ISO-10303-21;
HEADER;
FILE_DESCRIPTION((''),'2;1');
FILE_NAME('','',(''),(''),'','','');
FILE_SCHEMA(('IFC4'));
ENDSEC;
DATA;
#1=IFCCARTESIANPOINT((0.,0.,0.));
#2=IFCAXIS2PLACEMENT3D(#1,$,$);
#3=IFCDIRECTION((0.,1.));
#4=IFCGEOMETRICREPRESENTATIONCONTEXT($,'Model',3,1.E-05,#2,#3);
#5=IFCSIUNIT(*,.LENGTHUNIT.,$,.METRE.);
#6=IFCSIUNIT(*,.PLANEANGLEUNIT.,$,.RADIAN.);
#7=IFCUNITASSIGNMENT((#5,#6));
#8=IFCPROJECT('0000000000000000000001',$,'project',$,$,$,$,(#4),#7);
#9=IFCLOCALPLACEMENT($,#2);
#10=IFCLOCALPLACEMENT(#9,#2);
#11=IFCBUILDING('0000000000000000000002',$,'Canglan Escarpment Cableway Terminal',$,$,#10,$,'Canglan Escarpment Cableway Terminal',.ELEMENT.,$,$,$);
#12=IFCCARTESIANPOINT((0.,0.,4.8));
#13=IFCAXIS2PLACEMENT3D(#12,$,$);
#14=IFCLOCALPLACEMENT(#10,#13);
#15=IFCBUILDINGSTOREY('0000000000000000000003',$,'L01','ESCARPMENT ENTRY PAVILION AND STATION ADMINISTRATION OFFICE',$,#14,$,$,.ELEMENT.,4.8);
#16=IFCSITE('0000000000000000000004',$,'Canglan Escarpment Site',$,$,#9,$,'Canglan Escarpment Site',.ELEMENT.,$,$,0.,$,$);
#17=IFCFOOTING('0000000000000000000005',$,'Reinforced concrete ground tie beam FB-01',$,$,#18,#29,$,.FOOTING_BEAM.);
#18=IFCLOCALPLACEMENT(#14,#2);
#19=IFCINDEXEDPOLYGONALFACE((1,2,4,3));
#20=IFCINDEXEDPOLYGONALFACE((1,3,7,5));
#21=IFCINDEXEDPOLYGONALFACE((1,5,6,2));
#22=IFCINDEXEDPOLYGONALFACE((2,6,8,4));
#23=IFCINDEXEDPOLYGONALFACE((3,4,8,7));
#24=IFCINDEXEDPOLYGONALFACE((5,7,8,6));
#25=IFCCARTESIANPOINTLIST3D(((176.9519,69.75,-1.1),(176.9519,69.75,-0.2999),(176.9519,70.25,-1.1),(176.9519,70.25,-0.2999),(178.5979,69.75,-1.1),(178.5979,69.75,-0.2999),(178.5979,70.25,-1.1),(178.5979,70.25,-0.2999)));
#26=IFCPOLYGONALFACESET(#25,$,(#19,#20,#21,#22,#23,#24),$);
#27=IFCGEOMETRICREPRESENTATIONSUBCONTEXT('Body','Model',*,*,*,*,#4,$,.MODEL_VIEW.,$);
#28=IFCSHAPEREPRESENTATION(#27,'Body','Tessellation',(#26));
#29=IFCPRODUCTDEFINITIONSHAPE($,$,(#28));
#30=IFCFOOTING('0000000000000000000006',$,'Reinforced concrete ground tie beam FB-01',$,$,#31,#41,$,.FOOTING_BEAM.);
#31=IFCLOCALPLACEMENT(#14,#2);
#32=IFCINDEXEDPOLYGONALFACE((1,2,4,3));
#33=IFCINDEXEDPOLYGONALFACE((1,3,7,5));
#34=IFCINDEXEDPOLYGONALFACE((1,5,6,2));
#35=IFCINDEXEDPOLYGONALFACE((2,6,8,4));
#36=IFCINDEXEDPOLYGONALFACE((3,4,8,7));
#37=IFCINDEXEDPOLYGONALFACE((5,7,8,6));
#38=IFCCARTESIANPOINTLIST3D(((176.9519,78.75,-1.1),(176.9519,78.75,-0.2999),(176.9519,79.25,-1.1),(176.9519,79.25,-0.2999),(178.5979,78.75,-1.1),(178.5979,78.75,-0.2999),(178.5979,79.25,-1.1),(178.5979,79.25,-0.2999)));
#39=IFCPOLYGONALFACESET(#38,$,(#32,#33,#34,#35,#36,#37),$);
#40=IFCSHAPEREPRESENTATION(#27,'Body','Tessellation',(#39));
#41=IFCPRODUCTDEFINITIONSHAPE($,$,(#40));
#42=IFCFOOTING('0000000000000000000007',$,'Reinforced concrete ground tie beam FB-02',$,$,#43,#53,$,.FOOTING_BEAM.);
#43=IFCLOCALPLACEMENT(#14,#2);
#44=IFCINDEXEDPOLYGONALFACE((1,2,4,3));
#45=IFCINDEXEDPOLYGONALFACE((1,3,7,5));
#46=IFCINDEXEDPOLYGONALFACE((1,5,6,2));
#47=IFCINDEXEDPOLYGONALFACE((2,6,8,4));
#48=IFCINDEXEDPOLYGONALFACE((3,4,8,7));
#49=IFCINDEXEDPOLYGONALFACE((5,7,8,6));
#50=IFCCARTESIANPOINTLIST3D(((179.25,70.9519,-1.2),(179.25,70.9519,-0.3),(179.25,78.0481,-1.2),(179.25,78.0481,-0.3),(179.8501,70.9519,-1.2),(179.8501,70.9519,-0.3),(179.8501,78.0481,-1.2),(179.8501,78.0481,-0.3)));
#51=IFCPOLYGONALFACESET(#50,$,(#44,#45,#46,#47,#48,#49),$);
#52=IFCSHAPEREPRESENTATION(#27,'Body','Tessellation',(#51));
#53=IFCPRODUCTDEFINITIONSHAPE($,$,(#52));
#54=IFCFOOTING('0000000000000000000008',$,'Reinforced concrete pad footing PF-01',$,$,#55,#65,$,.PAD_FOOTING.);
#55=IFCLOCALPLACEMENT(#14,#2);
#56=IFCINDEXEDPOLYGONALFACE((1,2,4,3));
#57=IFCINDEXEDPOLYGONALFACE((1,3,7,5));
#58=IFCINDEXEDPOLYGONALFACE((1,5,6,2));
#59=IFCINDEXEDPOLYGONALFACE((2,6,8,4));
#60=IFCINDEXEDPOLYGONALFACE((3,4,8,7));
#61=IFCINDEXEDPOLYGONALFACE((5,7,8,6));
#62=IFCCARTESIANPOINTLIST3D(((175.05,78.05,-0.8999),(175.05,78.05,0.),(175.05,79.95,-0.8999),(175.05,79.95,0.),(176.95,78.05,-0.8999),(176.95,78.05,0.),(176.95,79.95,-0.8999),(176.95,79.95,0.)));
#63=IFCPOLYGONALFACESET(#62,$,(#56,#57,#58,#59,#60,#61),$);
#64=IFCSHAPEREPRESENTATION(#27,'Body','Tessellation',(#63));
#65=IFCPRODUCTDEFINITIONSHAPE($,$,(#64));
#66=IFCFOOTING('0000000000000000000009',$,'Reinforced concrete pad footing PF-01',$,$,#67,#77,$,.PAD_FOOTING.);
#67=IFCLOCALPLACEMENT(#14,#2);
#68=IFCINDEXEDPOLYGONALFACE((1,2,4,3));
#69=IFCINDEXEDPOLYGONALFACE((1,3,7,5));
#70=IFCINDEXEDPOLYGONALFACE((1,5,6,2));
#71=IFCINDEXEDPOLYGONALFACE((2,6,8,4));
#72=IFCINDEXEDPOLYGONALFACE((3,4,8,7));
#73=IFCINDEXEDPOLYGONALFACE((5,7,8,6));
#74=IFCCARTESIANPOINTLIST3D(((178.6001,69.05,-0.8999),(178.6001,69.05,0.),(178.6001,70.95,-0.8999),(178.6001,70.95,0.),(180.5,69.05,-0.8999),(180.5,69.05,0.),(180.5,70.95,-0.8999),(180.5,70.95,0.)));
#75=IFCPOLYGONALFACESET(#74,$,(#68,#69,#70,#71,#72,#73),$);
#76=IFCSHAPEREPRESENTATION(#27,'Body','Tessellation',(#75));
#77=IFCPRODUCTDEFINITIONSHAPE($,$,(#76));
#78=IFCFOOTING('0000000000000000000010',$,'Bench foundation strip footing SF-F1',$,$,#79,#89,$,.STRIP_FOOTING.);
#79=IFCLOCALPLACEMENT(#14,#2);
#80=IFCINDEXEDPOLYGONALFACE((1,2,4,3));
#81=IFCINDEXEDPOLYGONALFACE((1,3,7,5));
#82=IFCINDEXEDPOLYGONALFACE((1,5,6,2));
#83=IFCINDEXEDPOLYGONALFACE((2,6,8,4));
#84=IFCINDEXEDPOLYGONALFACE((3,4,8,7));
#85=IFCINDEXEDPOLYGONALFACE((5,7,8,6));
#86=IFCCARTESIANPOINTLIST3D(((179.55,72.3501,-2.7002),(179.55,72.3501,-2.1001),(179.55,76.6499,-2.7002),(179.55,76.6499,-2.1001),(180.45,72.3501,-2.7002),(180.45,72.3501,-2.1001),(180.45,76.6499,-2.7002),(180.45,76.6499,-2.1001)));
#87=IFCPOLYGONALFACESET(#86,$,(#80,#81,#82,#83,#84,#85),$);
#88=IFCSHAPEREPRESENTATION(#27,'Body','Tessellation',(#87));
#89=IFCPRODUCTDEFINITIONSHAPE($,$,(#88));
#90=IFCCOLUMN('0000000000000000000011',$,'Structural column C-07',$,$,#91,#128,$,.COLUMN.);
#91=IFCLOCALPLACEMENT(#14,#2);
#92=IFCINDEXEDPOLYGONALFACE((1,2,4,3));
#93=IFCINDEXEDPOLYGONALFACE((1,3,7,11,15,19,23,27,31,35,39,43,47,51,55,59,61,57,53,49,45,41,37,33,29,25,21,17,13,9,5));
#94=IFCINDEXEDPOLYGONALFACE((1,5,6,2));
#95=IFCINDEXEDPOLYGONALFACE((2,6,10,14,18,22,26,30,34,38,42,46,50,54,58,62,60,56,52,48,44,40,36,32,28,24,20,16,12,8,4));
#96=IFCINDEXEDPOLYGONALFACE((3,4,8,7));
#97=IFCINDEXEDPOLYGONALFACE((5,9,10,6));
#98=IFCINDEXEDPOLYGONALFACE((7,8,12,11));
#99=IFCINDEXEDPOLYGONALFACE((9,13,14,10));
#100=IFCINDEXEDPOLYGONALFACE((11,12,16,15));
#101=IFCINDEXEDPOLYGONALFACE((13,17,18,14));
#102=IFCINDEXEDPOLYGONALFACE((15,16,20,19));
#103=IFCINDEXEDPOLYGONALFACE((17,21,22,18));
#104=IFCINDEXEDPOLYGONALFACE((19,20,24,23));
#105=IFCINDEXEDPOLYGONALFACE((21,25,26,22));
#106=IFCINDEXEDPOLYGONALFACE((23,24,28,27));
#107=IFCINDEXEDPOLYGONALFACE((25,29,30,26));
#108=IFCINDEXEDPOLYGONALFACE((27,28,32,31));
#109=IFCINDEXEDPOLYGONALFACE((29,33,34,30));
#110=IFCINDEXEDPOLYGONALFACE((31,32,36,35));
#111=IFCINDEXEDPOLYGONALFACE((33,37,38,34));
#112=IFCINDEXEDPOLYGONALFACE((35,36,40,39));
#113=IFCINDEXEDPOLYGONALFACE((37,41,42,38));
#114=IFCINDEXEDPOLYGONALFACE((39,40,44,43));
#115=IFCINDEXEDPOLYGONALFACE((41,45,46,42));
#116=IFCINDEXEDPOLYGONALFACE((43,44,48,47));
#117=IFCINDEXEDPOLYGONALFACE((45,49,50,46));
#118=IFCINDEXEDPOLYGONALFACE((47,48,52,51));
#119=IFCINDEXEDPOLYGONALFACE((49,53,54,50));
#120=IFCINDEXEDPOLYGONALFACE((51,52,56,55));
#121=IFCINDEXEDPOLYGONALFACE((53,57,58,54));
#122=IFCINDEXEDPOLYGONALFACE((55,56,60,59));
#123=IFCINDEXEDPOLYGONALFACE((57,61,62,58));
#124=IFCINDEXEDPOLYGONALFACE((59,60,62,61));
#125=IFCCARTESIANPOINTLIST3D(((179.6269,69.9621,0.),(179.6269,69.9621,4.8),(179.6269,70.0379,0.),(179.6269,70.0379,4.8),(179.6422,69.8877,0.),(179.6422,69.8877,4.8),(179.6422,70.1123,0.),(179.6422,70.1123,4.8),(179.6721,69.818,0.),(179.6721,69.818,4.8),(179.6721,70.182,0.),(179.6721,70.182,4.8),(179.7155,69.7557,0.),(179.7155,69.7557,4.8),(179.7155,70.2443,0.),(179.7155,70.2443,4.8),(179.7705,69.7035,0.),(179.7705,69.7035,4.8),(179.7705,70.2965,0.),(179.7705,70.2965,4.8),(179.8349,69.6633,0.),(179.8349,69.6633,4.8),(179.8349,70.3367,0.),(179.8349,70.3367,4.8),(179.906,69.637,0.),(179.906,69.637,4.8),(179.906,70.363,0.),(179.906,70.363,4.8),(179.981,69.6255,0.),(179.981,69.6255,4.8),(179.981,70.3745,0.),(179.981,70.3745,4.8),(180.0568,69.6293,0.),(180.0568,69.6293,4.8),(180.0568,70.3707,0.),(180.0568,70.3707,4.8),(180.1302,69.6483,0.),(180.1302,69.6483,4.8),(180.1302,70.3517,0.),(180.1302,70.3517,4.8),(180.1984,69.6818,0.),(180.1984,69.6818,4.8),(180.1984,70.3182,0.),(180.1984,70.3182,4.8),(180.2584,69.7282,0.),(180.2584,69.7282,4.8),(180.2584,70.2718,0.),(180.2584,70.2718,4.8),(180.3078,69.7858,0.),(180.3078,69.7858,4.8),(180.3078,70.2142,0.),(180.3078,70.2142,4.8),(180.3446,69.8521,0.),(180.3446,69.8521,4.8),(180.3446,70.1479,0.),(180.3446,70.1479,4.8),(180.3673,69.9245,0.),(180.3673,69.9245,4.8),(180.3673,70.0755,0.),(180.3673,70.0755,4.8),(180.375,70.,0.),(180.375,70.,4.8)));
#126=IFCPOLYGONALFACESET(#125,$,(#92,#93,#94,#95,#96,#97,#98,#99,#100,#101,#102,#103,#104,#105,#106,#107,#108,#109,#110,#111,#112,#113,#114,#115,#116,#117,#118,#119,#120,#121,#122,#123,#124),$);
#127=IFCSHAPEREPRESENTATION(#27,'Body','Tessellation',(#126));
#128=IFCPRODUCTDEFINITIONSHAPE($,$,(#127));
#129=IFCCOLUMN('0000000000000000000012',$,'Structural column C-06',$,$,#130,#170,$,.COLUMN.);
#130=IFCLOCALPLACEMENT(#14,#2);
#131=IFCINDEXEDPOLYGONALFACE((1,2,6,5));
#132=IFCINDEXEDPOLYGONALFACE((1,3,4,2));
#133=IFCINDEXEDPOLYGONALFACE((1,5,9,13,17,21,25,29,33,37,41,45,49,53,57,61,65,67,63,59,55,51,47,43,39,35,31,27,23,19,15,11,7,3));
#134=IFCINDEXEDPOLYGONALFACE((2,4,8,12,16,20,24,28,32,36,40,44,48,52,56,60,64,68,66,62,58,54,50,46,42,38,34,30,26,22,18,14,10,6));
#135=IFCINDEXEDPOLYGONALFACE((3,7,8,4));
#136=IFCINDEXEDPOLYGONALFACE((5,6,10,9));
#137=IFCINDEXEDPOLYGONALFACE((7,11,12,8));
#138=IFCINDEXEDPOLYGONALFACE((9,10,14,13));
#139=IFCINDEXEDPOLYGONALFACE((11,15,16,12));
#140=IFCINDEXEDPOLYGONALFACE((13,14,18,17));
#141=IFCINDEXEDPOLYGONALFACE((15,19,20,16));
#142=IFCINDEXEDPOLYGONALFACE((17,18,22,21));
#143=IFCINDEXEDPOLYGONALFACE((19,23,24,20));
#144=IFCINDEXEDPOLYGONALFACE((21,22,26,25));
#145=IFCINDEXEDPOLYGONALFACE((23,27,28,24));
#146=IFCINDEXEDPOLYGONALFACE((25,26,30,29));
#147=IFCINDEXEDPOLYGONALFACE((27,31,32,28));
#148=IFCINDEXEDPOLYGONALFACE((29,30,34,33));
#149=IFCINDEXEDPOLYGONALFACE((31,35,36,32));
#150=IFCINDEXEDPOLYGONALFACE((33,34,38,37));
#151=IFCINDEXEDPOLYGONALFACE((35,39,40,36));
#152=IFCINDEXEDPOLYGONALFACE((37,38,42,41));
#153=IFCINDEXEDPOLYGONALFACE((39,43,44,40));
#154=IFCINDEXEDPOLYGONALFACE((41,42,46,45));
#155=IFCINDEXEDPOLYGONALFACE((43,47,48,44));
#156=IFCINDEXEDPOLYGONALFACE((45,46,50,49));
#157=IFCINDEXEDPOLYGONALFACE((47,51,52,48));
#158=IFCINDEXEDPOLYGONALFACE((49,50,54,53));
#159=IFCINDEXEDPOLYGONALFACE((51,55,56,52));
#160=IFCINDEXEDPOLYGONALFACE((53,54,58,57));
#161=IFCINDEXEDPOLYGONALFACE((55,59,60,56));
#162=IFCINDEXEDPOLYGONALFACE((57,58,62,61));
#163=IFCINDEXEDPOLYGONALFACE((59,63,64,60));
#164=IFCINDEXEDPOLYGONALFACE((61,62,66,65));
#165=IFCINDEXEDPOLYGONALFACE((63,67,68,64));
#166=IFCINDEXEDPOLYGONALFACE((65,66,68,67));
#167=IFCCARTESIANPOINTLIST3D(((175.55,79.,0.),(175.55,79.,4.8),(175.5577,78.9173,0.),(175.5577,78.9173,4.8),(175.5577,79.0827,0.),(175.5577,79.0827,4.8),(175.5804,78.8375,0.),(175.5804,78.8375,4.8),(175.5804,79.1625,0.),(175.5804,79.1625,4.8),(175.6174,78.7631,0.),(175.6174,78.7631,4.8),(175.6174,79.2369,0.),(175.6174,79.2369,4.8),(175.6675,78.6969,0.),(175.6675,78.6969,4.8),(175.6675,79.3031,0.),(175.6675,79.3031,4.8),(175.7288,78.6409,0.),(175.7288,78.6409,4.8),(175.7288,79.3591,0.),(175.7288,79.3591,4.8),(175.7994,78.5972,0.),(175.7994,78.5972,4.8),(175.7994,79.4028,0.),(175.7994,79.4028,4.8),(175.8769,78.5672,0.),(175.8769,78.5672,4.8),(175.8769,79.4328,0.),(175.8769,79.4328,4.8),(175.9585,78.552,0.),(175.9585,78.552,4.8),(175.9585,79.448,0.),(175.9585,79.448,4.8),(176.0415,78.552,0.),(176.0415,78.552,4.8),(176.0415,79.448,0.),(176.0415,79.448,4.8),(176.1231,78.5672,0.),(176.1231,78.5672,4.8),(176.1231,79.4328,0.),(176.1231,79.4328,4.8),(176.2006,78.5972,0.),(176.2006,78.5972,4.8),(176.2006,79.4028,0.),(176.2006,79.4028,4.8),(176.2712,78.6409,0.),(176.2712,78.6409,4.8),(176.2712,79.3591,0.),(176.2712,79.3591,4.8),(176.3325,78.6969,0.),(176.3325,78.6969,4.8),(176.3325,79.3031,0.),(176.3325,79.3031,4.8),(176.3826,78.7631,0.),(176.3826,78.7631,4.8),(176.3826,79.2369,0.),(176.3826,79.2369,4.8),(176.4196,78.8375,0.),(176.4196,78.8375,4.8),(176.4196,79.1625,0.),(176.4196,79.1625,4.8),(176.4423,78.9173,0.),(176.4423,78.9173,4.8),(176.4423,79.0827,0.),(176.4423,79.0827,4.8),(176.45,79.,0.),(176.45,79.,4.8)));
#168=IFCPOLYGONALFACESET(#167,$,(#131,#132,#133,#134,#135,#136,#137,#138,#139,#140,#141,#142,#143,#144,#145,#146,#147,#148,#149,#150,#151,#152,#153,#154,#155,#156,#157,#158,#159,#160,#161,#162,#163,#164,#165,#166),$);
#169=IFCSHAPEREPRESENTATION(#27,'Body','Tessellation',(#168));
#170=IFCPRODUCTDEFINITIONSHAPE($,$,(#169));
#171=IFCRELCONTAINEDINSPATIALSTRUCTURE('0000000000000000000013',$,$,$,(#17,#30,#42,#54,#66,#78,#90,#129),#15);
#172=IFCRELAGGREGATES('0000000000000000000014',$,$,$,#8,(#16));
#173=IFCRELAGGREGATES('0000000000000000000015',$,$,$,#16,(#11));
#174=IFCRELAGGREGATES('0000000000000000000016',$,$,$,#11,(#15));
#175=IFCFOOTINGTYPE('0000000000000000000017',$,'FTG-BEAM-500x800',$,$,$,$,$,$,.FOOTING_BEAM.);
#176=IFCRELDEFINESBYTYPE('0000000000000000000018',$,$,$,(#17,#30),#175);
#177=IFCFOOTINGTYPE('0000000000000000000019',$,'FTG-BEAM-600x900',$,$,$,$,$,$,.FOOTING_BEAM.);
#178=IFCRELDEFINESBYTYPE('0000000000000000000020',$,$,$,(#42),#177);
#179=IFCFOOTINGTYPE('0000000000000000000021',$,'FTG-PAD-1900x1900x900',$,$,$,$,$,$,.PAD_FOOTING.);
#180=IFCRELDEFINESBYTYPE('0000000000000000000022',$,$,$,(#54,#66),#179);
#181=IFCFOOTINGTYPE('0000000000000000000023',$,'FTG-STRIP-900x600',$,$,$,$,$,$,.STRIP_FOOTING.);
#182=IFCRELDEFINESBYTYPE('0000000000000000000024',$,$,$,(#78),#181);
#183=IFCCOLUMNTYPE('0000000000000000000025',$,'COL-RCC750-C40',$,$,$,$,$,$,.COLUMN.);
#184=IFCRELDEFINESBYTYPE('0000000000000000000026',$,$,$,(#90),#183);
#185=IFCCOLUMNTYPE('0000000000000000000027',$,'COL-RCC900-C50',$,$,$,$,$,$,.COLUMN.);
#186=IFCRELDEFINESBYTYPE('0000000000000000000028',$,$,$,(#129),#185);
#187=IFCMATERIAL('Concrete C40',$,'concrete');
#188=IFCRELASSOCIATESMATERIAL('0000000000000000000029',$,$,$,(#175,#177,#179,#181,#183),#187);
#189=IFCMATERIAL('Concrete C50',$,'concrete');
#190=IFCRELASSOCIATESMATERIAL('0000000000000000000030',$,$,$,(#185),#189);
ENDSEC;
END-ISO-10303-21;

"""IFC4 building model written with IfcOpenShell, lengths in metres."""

from ifc_helpers import new_model, si_unit, direction, frame, origin, origin_2d, place, context, subcontext, project, spatial, rectangle, circle, extrude, material, material_profile, profile_set, type_object, element, save


model = new_model("IFC4")

# Units and contexts
model_context = context("Model", 3, precision=1e-05, world=origin(), true_north=direction((0.0, 1.0)))
body_context = subcontext(model_context, "Body", "Model", "MODEL_VIEW")
ifc_project = project(units=[si_unit("LENGTHUNIT", "METRE"), si_unit("PLANEANGLEUNIT", "RADIAN")], contexts=[model_context])

# Site, building, storey
site_placement = place(None, origin())
site = spatial("IfcSite", under=ifc_project, at=site_placement, Name="Canglan Escarpment Site", LongName="Canglan Escarpment Site", CompositionType="ELEMENT", RefElevation=0.0)
building_placement = place(site_placement, origin())
building = spatial("IfcBuilding", under=site, at=building_placement, Name="Canglan Escarpment Cableway Terminal", LongName="Canglan Escarpment Cableway Terminal", CompositionType="ELEMENT")
storey_placement = place(building_placement, frame((0.0, 0.0, 4.8)))
storey = spatial("IfcBuildingStorey", under=building, at=storey_placement, Name="L01", Description="ESCARPMENT ENTRY PAVILION AND STATION ADMINISTRATION OFFICE", CompositionType="ELEMENT", Elevation=4.8)

# Footings
ifc_material_1 = material(Name="Concrete C40", Category="concrete")
ifc_material_profile_1 = material_profile(ifc_material_1, rectangle(XDim=0.5, YDim=0.8, at=origin_2d()), Name="FB 500x800")
ifc_profile_set_1 = profile_set([ifc_material_profile_1], Name="Concrete C40")
footing_type_1 = type_object("IfcFootingType", Name="FTG-BEAM-500x800", PredefinedType="FOOTING_BEAM", material=ifc_profile_set_1)
for number, where, z_axis, x_axis, name in (
    (1, (176.9519, 70.0, -0.7), (1.0, 0.0, 0.0), (0.0, 1.0, 0.0), "Reinforced concrete ground tie beam FB-01"),
    (2, (176.9519, 79.0, -0.7), (1.0, 0.0, 0.0), (0.0, 1.0, 0.0), "Reinforced concrete ground tie beam FB-01"),
):
    element("IfcFooting", number, at=place(storey_placement, frame(where, z_axis=z_axis, x_axis=x_axis)), inside=storey, type_object=footing_type_1, Name=name, PredefinedType="FOOTING_BEAM", context=body_context, shape_type="SweptSolid", body=[
        extrude(rectangle(XDim=0.5, YDim=0.8, at=origin_2d()), origin(), (0.0, 0.0, 1.0), 1.646),
    ])
ifc_material_profile_2 = material_profile(ifc_material_1, rectangle(XDim=0.6001, YDim=0.8999, at=origin_2d()), Name="FB 600x900")
ifc_profile_set_2 = profile_set([ifc_material_profile_2], Name="Concrete C40")
footing_type_2 = type_object("IfcFootingType", Name="FTG-BEAM-600x900", PredefinedType="FOOTING_BEAM", material=ifc_profile_set_2)
footing_1_placement = place(storey_placement, frame((179.55, 70.9519, -0.75), z_axis=(0.0, 1.0, 0.0), x_axis=(-1.0, 0.0, 0.0)))
element("IfcFooting", 3, at=footing_1_placement, inside=storey, type_object=footing_type_2, Name="Reinforced concrete ground tie beam FB-02", PredefinedType="FOOTING_BEAM", context=body_context, shape_type="SweptSolid", body=[
    extrude(rectangle(XDim=0.6001, YDim=0.8999, at=origin_2d()), origin(), (0.0, 0.0, 1.0), 7.0962),
])
footing_type_3 = type_object("IfcFootingType", Name="FTG-PAD-1900x1900x900", PredefinedType="PAD_FOOTING", material=ifc_material_1)
for number, where, z_axis, x_axis, name in (
    (4, (176.0, 79.0, -0.8999), (0.0, 0.0, 1.0), (1.0, 0.0, 0.0), "Reinforced concrete pad footing PF-01"),
    (5, (179.55, 70.0, -0.8999), (0.0, 0.0, 1.0), (1.0, 0.0, 0.0), "Reinforced concrete pad footing PF-01"),
):
    element("IfcFooting", number, at=place(storey_placement, frame(where, z_axis=z_axis, x_axis=x_axis)), inside=storey, type_object=footing_type_3, Name=name, PredefinedType="PAD_FOOTING", context=body_context, shape_type="SweptSolid", body=[
        extrude(rectangle(XDim=1.8999, YDim=1.8999, at=origin_2d()), origin(), (0.0, 0.0, 1.0), 0.8999),
    ])
ifc_material_profile_3 = material_profile(ifc_material_1, rectangle(XDim=0.8999, YDim=0.6001, at=origin_2d()), Name="SF 900x600")
ifc_profile_set_3 = profile_set([ifc_material_profile_3], Name="Concrete C40")
footing_type_4 = type_object("IfcFootingType", Name="FTG-STRIP-900x600", PredefinedType="STRIP_FOOTING", material=ifc_profile_set_3)
footing_2_placement = place(storey_placement, frame((180.0, 72.3501, -2.4001), z_axis=(0.0, 1.0, 0.0), x_axis=(-1.0, 0.0, 0.0)))
element("IfcFooting", 6, at=footing_2_placement, inside=storey, type_object=footing_type_4, Name="Bench foundation strip footing SF-F1", PredefinedType="STRIP_FOOTING", context=body_context, shape_type="SweptSolid", body=[
    extrude(rectangle(XDim=0.8999, YDim=0.6001, at=origin_2d()), origin(), (0.0, 0.0, 1.0), 4.2998),
])

# Columns
ifc_material_profile_4 = material_profile(ifc_material_1, circle(Radius=0.375, at=origin_2d()), Name="RC-CIRC D750")
ifc_profile_set_4 = profile_set([ifc_material_profile_4], Name="Concrete C40")
column_type_1 = type_object("IfcColumnType", Name="COL-RCC750-C40", PredefinedType="COLUMN", material=ifc_profile_set_4)
column_1_placement = place(storey_placement, frame((180.0, 70.0, 0.0), z_axis=(0.0, 0.0, 1.0), x_axis=(1.0, 0.0, 0.0)))
element("IfcColumn", 7, at=column_1_placement, inside=storey, type_object=column_type_1, Name="Structural column C-07", PredefinedType="COLUMN", context=body_context, shape_type="SweptSolid", body=[
    extrude(circle(Radius=0.375, at=origin_2d()), origin(), (0.0, 0.0, 1.0), 4.8),
])
ifc_material_2 = material(Name="Concrete C50", Category="concrete")
ifc_material_profile_5 = material_profile(ifc_material_2, circle(Radius=0.45, at=origin_2d()), Name="RC-CIRC D900")
ifc_profile_set_5 = profile_set([ifc_material_profile_5], Name="Concrete C50")
column_type_2 = type_object("IfcColumnType", Name="COL-RCC900-C50", PredefinedType="COLUMN", material=ifc_profile_set_5)
column_2_placement = place(storey_placement, frame((176.0, 79.0, 0.0), z_axis=(0.0, 0.0, 1.0), x_axis=(1.0, 0.0, 0.0)))
element("IfcColumn", 8, at=column_2_placement, inside=storey, type_object=column_type_2, Name="Structural column C-06", PredefinedType="COLUMN", context=body_context, shape_type="SweptSolid", body=[
    extrude(circle(Radius=0.45, at=origin_2d()), origin(), (0.0, 0.0, 1.0), 4.8),
])

save(model, "model.ifc")
